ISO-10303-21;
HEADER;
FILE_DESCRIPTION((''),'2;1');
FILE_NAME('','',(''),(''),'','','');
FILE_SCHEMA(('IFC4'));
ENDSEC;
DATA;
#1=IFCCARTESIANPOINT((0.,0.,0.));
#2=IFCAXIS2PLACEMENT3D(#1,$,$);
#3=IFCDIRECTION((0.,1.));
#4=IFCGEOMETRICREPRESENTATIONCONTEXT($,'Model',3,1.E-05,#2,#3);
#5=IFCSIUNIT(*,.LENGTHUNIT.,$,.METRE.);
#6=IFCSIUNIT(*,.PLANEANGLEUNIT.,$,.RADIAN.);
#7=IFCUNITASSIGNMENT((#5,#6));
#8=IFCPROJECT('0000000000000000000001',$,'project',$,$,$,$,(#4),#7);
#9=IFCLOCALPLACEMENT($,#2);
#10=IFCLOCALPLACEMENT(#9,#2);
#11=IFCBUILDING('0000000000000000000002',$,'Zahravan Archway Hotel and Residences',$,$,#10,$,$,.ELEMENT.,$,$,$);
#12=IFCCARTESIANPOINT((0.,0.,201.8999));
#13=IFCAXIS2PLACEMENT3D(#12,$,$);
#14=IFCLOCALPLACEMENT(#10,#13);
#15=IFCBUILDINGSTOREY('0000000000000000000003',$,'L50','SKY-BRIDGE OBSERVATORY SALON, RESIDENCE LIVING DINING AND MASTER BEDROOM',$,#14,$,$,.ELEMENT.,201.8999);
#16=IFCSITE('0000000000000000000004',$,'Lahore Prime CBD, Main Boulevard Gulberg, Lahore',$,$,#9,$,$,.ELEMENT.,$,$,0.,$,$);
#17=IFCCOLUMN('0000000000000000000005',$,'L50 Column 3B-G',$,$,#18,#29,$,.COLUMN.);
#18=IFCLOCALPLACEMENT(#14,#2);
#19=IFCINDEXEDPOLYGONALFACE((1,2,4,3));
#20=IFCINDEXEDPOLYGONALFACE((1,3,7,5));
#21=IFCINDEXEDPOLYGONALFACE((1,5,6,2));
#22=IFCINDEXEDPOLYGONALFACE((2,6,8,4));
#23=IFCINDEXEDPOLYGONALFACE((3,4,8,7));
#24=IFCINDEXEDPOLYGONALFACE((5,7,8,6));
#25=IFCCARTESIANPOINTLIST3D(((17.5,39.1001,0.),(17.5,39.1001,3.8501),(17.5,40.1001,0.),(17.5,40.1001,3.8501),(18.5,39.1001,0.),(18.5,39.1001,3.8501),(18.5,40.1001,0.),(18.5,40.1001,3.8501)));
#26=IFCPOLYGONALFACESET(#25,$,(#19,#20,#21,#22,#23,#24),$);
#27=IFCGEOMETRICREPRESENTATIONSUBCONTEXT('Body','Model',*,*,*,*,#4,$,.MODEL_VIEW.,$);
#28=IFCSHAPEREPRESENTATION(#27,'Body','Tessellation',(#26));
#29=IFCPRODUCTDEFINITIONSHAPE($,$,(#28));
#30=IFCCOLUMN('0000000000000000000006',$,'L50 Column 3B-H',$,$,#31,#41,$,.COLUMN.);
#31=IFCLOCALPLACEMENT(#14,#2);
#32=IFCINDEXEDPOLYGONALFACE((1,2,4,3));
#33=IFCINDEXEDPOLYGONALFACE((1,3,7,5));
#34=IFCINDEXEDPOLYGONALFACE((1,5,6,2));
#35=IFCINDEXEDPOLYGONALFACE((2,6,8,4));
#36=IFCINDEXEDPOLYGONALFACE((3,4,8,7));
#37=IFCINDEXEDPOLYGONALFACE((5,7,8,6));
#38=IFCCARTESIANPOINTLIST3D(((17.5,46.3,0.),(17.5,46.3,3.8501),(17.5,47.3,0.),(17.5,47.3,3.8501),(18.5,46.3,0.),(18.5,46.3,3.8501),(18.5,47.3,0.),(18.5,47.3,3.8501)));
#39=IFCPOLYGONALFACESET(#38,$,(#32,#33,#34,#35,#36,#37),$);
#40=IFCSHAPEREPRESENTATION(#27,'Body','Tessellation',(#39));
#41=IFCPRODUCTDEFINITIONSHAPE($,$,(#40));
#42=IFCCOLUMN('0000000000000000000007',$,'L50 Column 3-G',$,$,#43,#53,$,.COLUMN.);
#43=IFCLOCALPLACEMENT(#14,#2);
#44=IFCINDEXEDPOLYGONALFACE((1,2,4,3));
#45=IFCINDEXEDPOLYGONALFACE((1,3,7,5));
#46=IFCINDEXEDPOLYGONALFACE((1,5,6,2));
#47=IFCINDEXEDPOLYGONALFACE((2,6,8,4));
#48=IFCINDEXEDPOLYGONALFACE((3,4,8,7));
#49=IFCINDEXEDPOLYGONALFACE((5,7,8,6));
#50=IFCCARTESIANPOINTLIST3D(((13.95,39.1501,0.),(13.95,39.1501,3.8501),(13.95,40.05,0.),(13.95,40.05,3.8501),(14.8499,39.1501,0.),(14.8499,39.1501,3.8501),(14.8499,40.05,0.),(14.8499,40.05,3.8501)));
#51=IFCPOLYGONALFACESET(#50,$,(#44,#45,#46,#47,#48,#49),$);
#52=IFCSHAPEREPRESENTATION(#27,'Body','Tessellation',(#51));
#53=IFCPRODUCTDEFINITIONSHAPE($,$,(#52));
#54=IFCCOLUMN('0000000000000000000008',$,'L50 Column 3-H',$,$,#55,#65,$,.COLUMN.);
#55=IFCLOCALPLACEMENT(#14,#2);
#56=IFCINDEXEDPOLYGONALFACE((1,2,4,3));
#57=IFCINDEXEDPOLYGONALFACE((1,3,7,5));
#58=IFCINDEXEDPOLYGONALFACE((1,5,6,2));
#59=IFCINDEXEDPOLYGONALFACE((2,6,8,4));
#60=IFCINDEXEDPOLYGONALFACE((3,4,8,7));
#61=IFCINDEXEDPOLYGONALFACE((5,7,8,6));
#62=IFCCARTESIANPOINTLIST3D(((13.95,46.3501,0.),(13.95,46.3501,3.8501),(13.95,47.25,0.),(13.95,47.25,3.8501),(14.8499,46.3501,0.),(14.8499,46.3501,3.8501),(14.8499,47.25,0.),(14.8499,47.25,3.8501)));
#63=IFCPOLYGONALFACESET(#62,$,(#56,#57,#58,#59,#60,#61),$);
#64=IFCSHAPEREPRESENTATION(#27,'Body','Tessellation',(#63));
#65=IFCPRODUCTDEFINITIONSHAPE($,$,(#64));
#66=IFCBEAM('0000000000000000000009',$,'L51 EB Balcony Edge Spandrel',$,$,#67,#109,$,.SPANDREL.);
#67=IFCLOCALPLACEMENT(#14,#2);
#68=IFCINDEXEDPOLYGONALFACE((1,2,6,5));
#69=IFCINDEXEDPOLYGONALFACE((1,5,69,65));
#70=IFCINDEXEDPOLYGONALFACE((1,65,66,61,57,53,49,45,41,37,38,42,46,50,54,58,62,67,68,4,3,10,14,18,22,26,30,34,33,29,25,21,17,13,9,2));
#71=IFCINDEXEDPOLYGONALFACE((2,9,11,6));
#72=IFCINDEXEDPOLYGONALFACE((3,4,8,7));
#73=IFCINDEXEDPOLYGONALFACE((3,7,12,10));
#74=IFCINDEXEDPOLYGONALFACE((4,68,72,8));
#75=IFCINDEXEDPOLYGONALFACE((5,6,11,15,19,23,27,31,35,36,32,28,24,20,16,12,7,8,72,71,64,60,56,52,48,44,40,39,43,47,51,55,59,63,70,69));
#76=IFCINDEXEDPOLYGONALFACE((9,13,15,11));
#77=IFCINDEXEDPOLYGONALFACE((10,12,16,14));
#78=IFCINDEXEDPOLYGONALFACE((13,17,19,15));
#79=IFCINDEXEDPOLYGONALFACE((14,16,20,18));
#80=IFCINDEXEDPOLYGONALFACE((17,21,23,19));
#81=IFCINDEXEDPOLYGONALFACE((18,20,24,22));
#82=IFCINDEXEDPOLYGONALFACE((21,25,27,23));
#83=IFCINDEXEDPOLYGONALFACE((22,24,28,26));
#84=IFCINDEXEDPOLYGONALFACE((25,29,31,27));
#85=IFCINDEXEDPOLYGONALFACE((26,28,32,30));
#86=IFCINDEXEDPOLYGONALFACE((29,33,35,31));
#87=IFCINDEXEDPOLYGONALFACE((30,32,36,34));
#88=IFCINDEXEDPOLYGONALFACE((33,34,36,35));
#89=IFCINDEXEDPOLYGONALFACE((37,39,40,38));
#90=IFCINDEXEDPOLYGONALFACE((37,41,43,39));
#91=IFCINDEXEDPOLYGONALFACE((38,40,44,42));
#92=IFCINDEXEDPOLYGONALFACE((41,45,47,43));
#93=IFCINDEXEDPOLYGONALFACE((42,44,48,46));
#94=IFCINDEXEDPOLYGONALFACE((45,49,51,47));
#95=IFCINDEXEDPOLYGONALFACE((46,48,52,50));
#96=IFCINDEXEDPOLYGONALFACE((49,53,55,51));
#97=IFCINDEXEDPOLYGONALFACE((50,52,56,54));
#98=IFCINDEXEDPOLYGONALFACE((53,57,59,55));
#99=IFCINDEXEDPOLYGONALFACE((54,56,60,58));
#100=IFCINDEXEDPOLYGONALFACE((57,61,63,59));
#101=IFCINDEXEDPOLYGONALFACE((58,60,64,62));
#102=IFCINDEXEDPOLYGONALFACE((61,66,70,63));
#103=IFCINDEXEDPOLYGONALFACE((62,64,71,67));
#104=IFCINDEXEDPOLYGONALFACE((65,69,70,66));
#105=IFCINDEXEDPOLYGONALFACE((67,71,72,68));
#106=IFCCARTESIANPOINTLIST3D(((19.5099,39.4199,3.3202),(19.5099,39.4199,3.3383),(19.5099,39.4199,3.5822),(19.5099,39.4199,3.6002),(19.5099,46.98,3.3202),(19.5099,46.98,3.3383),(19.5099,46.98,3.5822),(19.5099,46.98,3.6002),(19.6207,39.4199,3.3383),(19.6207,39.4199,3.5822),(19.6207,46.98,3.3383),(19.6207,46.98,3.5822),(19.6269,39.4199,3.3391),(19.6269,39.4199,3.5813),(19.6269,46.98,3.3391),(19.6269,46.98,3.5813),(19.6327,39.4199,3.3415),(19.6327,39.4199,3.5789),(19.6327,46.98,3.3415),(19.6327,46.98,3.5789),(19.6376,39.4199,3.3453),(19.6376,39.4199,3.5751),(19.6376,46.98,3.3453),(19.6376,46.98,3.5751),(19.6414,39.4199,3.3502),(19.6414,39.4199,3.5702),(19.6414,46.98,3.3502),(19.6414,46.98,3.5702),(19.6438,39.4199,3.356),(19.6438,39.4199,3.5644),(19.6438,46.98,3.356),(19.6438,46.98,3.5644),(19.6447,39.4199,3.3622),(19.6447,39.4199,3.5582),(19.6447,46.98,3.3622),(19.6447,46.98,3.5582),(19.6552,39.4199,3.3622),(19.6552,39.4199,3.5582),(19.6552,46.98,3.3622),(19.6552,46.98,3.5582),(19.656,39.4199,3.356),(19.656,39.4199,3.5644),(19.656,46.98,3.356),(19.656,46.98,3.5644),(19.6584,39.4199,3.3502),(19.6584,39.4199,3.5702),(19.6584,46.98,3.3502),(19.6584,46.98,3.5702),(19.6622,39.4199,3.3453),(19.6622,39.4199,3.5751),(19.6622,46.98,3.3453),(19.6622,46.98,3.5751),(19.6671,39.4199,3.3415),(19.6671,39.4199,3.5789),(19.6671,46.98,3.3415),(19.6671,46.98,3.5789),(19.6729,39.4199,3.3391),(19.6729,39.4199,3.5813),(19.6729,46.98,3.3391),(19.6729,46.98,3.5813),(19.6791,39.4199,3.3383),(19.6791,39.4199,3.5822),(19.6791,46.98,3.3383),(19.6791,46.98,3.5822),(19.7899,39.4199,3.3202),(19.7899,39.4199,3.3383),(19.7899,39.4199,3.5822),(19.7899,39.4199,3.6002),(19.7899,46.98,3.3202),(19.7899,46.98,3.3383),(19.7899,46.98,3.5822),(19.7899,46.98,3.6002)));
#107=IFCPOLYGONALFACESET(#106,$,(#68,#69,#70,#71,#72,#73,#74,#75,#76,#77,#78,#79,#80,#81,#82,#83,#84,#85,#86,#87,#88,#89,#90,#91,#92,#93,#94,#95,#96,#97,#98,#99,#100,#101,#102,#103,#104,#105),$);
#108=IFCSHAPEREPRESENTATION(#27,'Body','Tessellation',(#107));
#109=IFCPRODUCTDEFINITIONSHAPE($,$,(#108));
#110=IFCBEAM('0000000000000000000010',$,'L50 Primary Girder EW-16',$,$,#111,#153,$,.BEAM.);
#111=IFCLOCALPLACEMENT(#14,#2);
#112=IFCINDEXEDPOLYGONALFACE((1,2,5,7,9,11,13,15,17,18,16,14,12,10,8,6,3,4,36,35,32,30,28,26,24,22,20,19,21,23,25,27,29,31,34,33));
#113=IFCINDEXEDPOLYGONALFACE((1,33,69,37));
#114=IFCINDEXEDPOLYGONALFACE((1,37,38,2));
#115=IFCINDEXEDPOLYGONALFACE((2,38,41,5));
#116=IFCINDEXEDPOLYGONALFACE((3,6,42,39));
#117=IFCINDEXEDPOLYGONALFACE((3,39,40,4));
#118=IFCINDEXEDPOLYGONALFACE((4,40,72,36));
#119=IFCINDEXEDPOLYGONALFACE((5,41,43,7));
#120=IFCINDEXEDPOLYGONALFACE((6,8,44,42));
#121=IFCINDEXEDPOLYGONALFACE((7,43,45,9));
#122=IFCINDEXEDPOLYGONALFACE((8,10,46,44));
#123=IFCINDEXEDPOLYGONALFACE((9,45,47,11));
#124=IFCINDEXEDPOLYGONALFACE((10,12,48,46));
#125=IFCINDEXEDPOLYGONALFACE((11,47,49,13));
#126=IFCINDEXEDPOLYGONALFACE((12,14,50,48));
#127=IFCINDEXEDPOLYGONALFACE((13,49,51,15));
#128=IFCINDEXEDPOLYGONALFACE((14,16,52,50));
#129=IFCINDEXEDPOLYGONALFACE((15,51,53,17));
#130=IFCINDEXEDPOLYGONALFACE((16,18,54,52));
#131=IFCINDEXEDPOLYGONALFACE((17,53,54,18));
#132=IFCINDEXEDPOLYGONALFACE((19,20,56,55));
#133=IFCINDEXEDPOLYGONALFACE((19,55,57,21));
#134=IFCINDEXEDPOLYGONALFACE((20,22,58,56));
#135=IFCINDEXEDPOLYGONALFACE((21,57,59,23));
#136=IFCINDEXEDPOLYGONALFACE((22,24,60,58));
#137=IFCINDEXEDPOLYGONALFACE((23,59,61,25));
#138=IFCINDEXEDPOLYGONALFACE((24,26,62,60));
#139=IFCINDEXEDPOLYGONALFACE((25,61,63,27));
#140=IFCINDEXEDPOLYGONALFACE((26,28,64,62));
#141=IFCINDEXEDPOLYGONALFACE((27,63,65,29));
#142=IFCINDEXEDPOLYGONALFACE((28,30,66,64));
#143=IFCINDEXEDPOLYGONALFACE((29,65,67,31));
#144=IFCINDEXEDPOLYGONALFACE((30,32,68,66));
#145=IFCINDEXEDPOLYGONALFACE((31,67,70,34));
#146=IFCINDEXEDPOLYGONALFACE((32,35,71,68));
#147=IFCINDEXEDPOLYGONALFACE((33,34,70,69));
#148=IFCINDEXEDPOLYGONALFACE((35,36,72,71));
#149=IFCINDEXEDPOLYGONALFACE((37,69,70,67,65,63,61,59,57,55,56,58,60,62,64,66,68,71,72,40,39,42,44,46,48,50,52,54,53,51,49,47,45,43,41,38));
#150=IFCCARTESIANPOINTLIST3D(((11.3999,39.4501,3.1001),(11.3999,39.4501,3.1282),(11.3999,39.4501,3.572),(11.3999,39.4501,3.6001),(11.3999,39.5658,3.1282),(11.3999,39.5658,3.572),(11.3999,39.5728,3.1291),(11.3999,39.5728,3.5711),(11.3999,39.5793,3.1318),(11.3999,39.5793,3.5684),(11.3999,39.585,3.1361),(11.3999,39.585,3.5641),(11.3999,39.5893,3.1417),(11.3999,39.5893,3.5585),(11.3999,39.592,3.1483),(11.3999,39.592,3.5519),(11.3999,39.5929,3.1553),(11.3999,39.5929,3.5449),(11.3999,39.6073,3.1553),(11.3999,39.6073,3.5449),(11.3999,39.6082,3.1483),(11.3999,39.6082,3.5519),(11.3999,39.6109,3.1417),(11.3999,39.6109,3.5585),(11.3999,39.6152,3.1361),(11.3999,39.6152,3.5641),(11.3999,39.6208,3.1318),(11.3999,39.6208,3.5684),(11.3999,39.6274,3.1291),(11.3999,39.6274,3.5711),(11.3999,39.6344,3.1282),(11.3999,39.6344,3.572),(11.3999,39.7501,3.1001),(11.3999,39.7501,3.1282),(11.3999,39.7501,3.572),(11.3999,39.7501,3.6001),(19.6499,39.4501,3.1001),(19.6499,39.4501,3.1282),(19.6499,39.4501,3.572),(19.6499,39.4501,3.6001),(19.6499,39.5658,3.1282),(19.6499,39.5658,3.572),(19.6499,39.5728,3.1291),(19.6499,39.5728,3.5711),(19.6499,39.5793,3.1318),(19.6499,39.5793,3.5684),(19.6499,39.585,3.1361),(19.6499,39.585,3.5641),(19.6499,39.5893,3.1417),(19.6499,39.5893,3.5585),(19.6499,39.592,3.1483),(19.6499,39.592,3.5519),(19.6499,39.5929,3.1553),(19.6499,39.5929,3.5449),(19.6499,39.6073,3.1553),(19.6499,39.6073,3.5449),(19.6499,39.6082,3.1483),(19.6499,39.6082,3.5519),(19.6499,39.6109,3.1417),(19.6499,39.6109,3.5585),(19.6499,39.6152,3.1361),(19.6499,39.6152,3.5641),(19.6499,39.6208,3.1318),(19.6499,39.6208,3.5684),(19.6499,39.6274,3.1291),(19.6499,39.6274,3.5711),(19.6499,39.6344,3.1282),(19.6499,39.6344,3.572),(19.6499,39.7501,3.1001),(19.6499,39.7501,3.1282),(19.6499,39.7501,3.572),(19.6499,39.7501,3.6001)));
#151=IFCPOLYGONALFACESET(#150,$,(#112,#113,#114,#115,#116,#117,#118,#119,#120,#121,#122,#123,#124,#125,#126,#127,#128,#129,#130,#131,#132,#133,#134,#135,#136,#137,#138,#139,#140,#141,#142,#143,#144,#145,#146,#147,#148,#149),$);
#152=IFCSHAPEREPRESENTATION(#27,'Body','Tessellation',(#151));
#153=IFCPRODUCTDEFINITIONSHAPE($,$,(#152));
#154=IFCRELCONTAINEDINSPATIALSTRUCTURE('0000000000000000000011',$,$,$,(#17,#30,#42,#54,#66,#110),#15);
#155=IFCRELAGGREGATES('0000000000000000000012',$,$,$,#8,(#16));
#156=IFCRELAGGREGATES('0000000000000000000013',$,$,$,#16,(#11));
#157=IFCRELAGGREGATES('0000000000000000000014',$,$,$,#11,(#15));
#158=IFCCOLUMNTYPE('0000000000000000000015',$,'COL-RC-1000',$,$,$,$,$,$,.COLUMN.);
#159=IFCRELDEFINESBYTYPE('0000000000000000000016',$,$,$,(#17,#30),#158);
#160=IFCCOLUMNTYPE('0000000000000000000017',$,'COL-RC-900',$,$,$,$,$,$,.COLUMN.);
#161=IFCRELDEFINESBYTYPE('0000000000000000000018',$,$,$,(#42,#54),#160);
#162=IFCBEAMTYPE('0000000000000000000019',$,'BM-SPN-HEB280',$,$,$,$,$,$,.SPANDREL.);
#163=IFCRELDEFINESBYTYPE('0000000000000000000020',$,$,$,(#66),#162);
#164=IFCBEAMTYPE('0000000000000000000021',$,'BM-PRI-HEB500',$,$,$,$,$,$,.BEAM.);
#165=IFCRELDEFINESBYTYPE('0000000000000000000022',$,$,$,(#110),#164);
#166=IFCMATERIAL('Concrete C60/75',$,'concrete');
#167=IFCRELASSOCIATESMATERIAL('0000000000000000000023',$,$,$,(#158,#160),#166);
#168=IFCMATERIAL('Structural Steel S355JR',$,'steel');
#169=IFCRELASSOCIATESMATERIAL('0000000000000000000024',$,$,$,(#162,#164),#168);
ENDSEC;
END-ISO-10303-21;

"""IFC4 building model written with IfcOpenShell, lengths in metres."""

from ifc_helpers import new_model, si_unit, direction, frame, origin, origin_2d, place, context, subcontext, project, spatial, rectangle, i_section, extrude, source, transform, mapped, material, material_profile, profile_set, type_object, type_shapes, element, save


model = new_model("IFC4")

# Units and contexts
model_context = context("Model", 3, precision=1e-05, world=origin(), true_north=direction((0.0, 1.0)))
body_context = subcontext(model_context, "Body", "Model", "MODEL_VIEW")
ifc_project = project(units=[si_unit("LENGTHUNIT", "METRE"), si_unit("PLANEANGLEUNIT", "RADIAN")], contexts=[model_context])

# Site, building, storey
site_placement = place(None, origin())
site = spatial("IfcSite", under=ifc_project, at=site_placement, Name="Lahore Prime CBD, Main Boulevard Gulberg, Lahore", CompositionType="ELEMENT", RefElevation=0.0)
building_placement = place(site_placement, origin())
building = spatial("IfcBuilding", under=site, at=building_placement, Name="Zahravan Archway Hotel and Residences", CompositionType="ELEMENT")
storey_placement = place(building_placement, frame((0.0, 0.0, 201.8999)))
storey = spatial("IfcBuildingStorey", under=building, at=storey_placement, Name="L50", Description="SKY-BRIDGE OBSERVATORY SALON, RESIDENCE LIVING DINING AND MASTER BEDROOM", CompositionType="ELEMENT", Elevation=201.8999)

# Columns
ifc_material_1 = material(Name="Concrete C60/75", Category="concrete")
ifc_material_profile_1 = material_profile(ifc_material_1, rectangle(XDim=1.0, YDim=1.0, at=origin_2d()), Name="RC-COL-1000x1000", Category="concrete")
ifc_profile_set_1 = profile_set([ifc_material_profile_1], Name="Concrete C60/75")
column_type_1 = type_object("IfcColumnType", Name="COL-RC-1000", PredefinedType="COLUMN", material=ifc_profile_set_1)
shared_shape_1 = source(origin(), body_context, "Body", "SweptSolid", [
    extrude(rectangle(XDim=1.0, YDim=1.0, at=origin_2d()), origin(), (0.0, 0.0, 1.0), 3.8501),
])
for number, where, z_axis, x_axis, name in (
    (1, (18.0, 39.6001, 0.0), (0.0, 0.0, 1.0), (1.0, 0.0, 0.0), "L50 Column 3B-G"),
    (2, (18.0, 46.8, 0.0), (0.0, 0.0, 1.0), (1.0, 0.0, 0.0), "L50 Column 3B-H"),
):
    element("IfcColumn", number, at=place(storey_placement, frame(where, z_axis=z_axis, x_axis=x_axis)), inside=storey, type_object=column_type_1, Name=name, PredefinedType="COLUMN", context=body_context, shape_type="MappedRepresentation", body=[
        mapped(shared_shape_1, transform((0.0, 0.0, 0.0), scale=1.0)),
    ])
ifc_material_profile_2 = material_profile(ifc_material_1, rectangle(XDim=0.8999, YDim=0.8999, at=origin_2d()), Name="RC-COL-900x900", Category="concrete")
ifc_profile_set_2 = profile_set([ifc_material_profile_2], Name="Concrete C60/75")
column_type_2 = type_object("IfcColumnType", Name="COL-RC-900", PredefinedType="COLUMN", material=ifc_profile_set_2)
shared_shape_2 = source(origin(), body_context, "Body", "SweptSolid", [
    extrude(rectangle(XDim=0.8999, YDim=0.8999, at=origin_2d()), origin(), (0.0, 0.0, 1.0), 3.8501),
])
type_shapes(column_type_2, [shared_shape_2])
for number, where, z_axis, x_axis, name in (
    (3, (14.3999, 39.6001, 0.0), (0.0, 0.0, 1.0), (1.0, 0.0, 0.0), "L50 Column 3-G"),
    (4, (14.3999, 46.8, 0.0), (0.0, 0.0, 1.0), (1.0, 0.0, 0.0), "L50 Column 3-H"),
):
    element("IfcColumn", number, at=place(storey_placement, frame(where, z_axis=z_axis, x_axis=x_axis)), inside=storey, type_object=column_type_2, Name=name, PredefinedType="COLUMN", context=body_context, shape_type="MappedRepresentation", body=[
        mapped(shared_shape_2, transform((0.0, 0.0, 0.0), scale=1.0)),
    ])

# Beams
ifc_material_2 = material(Name="Structural Steel S355JR", Category="steel")
ifc_material_profile_3 = material_profile(ifc_material_2, i_section(OverallWidth=0.28, OverallDepth=0.28, WebThickness=0.0105, FlangeThickness=0.0181, FilletRadius=0.0239, at=origin_2d()), Name="HEB 280", Category="steel")
ifc_profile_set_3 = profile_set([ifc_material_profile_3], Name="Structural Steel S355JR")
beam_type_1 = type_object("IfcBeamType", Name="BM-SPN-HEB280", PredefinedType="SPANDREL", material=ifc_profile_set_3)
shared_shape_3 = source(origin(), body_context, "Body", "SweptSolid", [
    extrude(i_section(OverallWidth=0.28, OverallDepth=0.28, WebThickness=0.0105, FlangeThickness=0.0181, FilletRadius=0.0239, at=origin_2d()), origin(), (0.0, 0.0, 1.0), 7.5601),
])
type_shapes(beam_type_1, [shared_shape_3])
beam_1_placement = place(storey_placement, frame((19.6499, 39.4199, 3.4602), z_axis=(0.0, 1.0, 0.0), x_axis=(-1.0, 0.0, 0.0)))
element("IfcBeam", 5, at=beam_1_placement, inside=storey, type_object=beam_type_1, Name="L51 EB Balcony Edge Spandrel", PredefinedType="SPANDREL", context=body_context, shape_type="MappedRepresentation", body=[
    mapped(shared_shape_3, transform((0.0, 0.0, 0.0), scale=1.0)),
])
ifc_material_profile_4 = material_profile(ifc_material_2, i_section(OverallWidth=0.3, OverallDepth=0.5, WebThickness=0.0144, FlangeThickness=0.0281, FilletRadius=0.0271, at=origin_2d()), Name="HEB 500", Category="steel")
ifc_profile_set_4 = profile_set([ifc_material_profile_4], Name="Structural Steel S355JR")
beam_type_2 = type_object("IfcBeamType", Name="BM-PRI-HEB500", PredefinedType="BEAM", material=ifc_profile_set_4)
shared_shape_4 = source(origin(), body_context, "Body", "SweptSolid", [
    extrude(i_section(OverallWidth=0.3, OverallDepth=0.5, WebThickness=0.0144, FlangeThickness=0.0281, FilletRadius=0.0271, at=origin_2d()), origin(), (0.0, 0.0, 1.0), 8.25),
])
beam_2_placement = place(storey_placement, frame((11.3999, 39.6001, 3.3501), z_axis=(1.0, 0.0, 0.0), x_axis=(0.0, 1.0, 0.0)))
element("IfcBeam", 6, at=beam_2_placement, inside=storey, type_object=beam_type_2, Name="L50 Primary Girder EW-16", PredefinedType="BEAM", context=body_context, shape_type="MappedRepresentation", body=[
    mapped(shared_shape_4, transform((0.0, 0.0, 0.0), scale=1.0)),
])

save(model, "model.ifc")
